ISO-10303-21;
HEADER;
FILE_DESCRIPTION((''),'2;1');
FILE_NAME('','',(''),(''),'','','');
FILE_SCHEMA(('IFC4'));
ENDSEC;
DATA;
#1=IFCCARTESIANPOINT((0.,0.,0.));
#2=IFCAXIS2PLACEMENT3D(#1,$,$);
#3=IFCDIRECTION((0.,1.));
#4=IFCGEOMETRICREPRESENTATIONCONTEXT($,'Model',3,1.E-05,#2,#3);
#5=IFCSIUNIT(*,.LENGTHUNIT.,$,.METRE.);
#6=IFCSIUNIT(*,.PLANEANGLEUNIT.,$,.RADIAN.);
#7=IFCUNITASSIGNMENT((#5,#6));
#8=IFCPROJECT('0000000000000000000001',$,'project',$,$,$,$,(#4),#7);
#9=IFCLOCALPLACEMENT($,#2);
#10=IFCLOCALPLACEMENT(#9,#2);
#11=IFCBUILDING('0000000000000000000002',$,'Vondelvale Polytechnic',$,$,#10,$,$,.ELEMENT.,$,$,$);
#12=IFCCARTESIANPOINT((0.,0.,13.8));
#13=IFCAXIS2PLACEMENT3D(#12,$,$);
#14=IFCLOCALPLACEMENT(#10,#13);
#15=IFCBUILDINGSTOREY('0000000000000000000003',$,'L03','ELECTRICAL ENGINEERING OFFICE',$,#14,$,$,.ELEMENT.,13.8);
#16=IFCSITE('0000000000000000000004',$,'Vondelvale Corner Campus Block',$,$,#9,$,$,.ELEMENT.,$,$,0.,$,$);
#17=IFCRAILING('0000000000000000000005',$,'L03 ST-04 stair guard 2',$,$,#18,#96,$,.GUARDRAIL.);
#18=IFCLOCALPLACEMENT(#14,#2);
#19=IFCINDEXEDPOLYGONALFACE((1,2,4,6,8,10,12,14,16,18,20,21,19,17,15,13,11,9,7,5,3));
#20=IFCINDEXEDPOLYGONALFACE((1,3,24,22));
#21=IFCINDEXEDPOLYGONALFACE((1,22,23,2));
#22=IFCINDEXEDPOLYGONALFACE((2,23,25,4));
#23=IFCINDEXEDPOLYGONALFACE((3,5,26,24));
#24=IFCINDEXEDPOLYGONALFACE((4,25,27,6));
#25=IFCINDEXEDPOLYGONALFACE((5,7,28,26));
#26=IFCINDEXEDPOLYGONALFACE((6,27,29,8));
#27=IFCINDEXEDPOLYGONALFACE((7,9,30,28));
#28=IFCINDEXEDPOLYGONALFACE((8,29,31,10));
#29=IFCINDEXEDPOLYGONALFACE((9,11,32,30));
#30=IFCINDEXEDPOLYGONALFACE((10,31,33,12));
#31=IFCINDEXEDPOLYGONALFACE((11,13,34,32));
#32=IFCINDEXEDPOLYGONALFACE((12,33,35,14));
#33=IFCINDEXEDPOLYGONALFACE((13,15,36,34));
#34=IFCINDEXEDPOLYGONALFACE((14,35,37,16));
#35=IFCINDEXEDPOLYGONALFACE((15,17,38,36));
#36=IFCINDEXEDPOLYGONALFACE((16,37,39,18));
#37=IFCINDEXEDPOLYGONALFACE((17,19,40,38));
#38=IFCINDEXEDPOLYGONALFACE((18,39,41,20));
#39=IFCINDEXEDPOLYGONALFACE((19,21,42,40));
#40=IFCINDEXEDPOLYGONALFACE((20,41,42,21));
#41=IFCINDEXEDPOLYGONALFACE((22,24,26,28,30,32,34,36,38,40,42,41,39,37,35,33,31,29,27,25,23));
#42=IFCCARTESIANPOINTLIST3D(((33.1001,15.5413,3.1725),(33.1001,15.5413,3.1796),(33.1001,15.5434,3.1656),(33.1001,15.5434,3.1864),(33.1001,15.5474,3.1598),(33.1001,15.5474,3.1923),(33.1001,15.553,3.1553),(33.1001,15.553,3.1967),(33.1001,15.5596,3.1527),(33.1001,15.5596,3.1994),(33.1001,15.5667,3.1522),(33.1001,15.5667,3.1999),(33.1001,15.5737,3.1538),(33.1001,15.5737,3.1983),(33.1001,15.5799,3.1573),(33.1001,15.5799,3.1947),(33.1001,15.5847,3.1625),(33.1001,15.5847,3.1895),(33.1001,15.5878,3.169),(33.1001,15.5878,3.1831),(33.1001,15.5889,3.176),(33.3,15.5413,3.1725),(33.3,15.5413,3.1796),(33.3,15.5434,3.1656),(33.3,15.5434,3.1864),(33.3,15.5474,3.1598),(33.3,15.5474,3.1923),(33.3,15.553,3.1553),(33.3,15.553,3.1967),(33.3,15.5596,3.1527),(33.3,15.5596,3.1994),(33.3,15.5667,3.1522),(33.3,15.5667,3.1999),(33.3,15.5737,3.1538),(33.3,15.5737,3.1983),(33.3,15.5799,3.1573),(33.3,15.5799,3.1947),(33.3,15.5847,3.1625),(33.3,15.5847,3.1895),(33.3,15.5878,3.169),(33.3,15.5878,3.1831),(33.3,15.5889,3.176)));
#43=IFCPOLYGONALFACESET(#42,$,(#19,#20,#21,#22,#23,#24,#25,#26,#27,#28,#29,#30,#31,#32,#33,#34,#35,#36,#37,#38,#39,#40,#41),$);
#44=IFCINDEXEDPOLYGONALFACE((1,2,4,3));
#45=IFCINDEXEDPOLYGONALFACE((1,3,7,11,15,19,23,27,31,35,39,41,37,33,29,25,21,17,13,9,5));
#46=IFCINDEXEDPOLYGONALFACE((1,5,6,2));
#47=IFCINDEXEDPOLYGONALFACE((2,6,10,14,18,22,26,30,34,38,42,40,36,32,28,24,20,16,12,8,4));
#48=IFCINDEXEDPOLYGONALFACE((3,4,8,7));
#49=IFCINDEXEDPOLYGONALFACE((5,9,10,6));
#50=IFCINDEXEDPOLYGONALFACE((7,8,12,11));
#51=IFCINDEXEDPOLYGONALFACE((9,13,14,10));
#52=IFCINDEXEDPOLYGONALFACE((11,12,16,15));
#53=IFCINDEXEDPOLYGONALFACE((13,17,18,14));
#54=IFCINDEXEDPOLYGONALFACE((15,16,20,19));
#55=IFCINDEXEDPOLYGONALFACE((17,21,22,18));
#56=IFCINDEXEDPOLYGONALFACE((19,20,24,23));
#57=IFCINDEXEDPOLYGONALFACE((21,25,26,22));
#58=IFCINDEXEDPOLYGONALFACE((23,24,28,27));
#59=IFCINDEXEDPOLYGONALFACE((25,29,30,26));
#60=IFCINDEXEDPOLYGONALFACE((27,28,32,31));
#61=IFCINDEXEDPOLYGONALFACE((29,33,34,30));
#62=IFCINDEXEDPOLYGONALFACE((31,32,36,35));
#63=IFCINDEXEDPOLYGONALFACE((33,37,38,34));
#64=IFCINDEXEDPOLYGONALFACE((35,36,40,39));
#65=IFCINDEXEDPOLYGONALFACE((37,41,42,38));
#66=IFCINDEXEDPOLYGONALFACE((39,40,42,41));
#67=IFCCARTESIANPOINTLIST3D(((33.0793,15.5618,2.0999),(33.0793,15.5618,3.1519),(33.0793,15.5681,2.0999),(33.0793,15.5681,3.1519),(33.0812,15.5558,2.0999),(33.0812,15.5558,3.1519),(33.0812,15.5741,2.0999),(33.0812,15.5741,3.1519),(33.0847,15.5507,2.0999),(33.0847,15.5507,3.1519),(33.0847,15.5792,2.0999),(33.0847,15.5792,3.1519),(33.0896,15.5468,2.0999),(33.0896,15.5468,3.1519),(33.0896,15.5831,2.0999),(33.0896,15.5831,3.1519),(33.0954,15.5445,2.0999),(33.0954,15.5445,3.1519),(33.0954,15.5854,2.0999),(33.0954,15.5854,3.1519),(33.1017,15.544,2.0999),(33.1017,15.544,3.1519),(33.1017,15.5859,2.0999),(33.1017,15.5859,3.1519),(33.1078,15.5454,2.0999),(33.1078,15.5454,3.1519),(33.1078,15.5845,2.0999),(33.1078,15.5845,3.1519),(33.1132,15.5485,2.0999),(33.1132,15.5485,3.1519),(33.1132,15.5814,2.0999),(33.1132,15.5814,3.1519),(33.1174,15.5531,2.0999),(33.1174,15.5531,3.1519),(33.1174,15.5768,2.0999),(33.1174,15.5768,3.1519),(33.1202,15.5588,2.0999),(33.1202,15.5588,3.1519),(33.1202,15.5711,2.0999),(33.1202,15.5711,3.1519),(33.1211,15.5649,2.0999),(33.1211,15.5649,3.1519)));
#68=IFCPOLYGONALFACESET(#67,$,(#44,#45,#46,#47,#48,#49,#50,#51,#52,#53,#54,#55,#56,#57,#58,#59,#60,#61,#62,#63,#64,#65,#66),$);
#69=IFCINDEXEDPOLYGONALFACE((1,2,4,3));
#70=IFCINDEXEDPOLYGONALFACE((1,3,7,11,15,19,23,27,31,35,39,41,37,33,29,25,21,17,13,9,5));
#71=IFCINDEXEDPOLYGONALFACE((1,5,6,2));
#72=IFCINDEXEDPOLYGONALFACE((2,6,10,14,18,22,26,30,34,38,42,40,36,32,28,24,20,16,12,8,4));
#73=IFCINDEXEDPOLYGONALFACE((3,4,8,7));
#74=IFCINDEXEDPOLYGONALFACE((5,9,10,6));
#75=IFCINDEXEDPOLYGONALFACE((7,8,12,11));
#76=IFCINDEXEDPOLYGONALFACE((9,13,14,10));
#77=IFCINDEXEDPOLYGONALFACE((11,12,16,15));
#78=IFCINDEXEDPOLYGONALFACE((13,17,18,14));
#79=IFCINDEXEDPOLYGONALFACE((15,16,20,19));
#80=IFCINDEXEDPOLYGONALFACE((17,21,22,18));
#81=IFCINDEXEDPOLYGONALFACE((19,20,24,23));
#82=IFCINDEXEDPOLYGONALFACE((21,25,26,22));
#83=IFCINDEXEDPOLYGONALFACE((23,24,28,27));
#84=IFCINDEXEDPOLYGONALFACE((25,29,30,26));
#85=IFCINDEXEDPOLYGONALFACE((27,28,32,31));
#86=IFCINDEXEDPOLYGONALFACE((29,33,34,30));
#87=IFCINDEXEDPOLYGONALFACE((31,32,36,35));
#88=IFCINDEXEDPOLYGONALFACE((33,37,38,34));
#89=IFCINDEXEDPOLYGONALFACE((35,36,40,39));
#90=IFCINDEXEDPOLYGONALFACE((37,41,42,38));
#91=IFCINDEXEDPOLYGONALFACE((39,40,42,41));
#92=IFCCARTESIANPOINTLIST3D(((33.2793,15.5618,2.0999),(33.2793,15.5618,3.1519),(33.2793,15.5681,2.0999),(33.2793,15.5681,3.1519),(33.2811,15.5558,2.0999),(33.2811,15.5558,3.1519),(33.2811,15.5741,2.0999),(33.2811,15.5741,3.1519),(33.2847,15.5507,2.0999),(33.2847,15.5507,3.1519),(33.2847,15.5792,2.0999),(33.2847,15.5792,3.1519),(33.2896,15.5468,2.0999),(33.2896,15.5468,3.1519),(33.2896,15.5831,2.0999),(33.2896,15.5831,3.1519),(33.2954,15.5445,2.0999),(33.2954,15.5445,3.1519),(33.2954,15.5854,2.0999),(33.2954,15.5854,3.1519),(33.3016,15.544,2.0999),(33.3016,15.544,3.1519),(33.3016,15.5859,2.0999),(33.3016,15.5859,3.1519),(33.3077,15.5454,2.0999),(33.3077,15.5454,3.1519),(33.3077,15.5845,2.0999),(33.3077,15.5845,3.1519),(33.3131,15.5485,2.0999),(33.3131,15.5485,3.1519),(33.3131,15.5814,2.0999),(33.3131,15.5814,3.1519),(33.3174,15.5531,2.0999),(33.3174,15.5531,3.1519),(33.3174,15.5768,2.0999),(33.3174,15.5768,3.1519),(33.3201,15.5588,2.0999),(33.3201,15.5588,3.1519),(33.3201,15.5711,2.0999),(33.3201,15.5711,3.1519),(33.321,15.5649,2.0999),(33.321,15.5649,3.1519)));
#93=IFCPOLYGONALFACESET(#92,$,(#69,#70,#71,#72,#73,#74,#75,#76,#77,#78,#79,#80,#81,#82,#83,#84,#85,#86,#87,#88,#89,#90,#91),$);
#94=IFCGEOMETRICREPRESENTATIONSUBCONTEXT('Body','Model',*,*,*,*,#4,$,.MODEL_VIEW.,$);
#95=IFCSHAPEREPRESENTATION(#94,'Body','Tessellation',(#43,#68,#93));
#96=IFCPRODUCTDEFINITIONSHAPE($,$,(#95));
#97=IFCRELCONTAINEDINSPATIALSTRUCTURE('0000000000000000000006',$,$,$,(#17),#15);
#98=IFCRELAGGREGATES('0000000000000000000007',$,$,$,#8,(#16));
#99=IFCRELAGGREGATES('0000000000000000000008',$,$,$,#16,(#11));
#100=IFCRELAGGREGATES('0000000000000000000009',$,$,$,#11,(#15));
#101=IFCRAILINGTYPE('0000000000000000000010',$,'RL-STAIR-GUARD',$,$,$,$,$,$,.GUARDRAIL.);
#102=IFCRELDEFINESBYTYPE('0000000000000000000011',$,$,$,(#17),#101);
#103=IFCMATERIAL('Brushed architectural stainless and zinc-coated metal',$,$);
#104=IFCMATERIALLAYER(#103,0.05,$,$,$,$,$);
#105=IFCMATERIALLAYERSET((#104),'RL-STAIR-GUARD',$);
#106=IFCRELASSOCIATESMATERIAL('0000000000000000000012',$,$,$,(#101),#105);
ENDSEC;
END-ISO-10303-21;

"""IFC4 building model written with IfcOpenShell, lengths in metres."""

from ifc_helpers import new_model, si_unit, direction, frame, origin, origin_2d, place, context, subcontext, project, spatial, circle, extrude, material, layer, layer_set, type_object, element, save


model = new_model("IFC4")

# Units and contexts
model_context = context("Model", 3, precision=1e-05, world=origin(), true_north=direction((0.0, 1.0)))
body_context = subcontext(model_context, "Body", "Model", "MODEL_VIEW")
ifc_project = project(units=[si_unit("LENGTHUNIT", "METRE"), si_unit("PLANEANGLEUNIT", "RADIAN")], contexts=[model_context])

# Site, building, storey
site_placement = place(None, origin())
site = spatial("IfcSite", under=ifc_project, at=site_placement, Name="Vondelvale Corner Campus Block", CompositionType="ELEMENT", RefElevation=0.0)
building_placement = place(site_placement, origin())
building = spatial("IfcBuilding", under=site, at=building_placement, Name="Vondelvale Polytechnic", CompositionType="ELEMENT")
storey_placement = place(building_placement, frame((0.0, 0.0, 13.8)))
storey = spatial("IfcBuildingStorey", under=building, at=storey_placement, Name="L03", Description="ELECTRICAL ENGINEERING OFFICE", CompositionType="ELEMENT", Elevation=13.8)

# Railing
ifc_material_1 = material(Name="Brushed architectural stainless and zinc-coated metal")
ifc_layer_1 = layer(ifc_material_1, 0.05)
ifc_layer_set_1 = layer_set([ifc_layer_1], Name="RL-STAIR-GUARD")
railing_type_1 = type_object("IfcRailingType", Name="RL-STAIR-GUARD", PredefinedType="GUARDRAIL", material=ifc_layer_set_1)
railing_1_placement = place(storey_placement, frame((33.1001, 15.5649, 2.0999)))
element("IfcRailing", 1, at=railing_1_placement, inside=storey, type_object=railing_type_1, Name="L03 ST-04 stair guard 2", PredefinedType="GUARDRAIL", context=body_context, shape_type="SweptSolid", body=[
    extrude(circle(Radius=0.0239, at=origin_2d()), frame((0.0, 0.0, 1.0762), z_axis=(1.0, 0.0, 0.0), x_axis=(0.0, 1.0, 0.0)), (0.0, 0.0, 1.0), 0.2),
    extrude(circle(Radius=0.021, at=origin_2d()), origin(), (0.0, 0.0, 1.0), 1.052),
    extrude(circle(Radius=0.021, at=origin_2d()), frame((0.2, 0.0, 0.0)), (0.0, 0.0, 1.0), 1.052),
])

save(model, "model.ifc")
